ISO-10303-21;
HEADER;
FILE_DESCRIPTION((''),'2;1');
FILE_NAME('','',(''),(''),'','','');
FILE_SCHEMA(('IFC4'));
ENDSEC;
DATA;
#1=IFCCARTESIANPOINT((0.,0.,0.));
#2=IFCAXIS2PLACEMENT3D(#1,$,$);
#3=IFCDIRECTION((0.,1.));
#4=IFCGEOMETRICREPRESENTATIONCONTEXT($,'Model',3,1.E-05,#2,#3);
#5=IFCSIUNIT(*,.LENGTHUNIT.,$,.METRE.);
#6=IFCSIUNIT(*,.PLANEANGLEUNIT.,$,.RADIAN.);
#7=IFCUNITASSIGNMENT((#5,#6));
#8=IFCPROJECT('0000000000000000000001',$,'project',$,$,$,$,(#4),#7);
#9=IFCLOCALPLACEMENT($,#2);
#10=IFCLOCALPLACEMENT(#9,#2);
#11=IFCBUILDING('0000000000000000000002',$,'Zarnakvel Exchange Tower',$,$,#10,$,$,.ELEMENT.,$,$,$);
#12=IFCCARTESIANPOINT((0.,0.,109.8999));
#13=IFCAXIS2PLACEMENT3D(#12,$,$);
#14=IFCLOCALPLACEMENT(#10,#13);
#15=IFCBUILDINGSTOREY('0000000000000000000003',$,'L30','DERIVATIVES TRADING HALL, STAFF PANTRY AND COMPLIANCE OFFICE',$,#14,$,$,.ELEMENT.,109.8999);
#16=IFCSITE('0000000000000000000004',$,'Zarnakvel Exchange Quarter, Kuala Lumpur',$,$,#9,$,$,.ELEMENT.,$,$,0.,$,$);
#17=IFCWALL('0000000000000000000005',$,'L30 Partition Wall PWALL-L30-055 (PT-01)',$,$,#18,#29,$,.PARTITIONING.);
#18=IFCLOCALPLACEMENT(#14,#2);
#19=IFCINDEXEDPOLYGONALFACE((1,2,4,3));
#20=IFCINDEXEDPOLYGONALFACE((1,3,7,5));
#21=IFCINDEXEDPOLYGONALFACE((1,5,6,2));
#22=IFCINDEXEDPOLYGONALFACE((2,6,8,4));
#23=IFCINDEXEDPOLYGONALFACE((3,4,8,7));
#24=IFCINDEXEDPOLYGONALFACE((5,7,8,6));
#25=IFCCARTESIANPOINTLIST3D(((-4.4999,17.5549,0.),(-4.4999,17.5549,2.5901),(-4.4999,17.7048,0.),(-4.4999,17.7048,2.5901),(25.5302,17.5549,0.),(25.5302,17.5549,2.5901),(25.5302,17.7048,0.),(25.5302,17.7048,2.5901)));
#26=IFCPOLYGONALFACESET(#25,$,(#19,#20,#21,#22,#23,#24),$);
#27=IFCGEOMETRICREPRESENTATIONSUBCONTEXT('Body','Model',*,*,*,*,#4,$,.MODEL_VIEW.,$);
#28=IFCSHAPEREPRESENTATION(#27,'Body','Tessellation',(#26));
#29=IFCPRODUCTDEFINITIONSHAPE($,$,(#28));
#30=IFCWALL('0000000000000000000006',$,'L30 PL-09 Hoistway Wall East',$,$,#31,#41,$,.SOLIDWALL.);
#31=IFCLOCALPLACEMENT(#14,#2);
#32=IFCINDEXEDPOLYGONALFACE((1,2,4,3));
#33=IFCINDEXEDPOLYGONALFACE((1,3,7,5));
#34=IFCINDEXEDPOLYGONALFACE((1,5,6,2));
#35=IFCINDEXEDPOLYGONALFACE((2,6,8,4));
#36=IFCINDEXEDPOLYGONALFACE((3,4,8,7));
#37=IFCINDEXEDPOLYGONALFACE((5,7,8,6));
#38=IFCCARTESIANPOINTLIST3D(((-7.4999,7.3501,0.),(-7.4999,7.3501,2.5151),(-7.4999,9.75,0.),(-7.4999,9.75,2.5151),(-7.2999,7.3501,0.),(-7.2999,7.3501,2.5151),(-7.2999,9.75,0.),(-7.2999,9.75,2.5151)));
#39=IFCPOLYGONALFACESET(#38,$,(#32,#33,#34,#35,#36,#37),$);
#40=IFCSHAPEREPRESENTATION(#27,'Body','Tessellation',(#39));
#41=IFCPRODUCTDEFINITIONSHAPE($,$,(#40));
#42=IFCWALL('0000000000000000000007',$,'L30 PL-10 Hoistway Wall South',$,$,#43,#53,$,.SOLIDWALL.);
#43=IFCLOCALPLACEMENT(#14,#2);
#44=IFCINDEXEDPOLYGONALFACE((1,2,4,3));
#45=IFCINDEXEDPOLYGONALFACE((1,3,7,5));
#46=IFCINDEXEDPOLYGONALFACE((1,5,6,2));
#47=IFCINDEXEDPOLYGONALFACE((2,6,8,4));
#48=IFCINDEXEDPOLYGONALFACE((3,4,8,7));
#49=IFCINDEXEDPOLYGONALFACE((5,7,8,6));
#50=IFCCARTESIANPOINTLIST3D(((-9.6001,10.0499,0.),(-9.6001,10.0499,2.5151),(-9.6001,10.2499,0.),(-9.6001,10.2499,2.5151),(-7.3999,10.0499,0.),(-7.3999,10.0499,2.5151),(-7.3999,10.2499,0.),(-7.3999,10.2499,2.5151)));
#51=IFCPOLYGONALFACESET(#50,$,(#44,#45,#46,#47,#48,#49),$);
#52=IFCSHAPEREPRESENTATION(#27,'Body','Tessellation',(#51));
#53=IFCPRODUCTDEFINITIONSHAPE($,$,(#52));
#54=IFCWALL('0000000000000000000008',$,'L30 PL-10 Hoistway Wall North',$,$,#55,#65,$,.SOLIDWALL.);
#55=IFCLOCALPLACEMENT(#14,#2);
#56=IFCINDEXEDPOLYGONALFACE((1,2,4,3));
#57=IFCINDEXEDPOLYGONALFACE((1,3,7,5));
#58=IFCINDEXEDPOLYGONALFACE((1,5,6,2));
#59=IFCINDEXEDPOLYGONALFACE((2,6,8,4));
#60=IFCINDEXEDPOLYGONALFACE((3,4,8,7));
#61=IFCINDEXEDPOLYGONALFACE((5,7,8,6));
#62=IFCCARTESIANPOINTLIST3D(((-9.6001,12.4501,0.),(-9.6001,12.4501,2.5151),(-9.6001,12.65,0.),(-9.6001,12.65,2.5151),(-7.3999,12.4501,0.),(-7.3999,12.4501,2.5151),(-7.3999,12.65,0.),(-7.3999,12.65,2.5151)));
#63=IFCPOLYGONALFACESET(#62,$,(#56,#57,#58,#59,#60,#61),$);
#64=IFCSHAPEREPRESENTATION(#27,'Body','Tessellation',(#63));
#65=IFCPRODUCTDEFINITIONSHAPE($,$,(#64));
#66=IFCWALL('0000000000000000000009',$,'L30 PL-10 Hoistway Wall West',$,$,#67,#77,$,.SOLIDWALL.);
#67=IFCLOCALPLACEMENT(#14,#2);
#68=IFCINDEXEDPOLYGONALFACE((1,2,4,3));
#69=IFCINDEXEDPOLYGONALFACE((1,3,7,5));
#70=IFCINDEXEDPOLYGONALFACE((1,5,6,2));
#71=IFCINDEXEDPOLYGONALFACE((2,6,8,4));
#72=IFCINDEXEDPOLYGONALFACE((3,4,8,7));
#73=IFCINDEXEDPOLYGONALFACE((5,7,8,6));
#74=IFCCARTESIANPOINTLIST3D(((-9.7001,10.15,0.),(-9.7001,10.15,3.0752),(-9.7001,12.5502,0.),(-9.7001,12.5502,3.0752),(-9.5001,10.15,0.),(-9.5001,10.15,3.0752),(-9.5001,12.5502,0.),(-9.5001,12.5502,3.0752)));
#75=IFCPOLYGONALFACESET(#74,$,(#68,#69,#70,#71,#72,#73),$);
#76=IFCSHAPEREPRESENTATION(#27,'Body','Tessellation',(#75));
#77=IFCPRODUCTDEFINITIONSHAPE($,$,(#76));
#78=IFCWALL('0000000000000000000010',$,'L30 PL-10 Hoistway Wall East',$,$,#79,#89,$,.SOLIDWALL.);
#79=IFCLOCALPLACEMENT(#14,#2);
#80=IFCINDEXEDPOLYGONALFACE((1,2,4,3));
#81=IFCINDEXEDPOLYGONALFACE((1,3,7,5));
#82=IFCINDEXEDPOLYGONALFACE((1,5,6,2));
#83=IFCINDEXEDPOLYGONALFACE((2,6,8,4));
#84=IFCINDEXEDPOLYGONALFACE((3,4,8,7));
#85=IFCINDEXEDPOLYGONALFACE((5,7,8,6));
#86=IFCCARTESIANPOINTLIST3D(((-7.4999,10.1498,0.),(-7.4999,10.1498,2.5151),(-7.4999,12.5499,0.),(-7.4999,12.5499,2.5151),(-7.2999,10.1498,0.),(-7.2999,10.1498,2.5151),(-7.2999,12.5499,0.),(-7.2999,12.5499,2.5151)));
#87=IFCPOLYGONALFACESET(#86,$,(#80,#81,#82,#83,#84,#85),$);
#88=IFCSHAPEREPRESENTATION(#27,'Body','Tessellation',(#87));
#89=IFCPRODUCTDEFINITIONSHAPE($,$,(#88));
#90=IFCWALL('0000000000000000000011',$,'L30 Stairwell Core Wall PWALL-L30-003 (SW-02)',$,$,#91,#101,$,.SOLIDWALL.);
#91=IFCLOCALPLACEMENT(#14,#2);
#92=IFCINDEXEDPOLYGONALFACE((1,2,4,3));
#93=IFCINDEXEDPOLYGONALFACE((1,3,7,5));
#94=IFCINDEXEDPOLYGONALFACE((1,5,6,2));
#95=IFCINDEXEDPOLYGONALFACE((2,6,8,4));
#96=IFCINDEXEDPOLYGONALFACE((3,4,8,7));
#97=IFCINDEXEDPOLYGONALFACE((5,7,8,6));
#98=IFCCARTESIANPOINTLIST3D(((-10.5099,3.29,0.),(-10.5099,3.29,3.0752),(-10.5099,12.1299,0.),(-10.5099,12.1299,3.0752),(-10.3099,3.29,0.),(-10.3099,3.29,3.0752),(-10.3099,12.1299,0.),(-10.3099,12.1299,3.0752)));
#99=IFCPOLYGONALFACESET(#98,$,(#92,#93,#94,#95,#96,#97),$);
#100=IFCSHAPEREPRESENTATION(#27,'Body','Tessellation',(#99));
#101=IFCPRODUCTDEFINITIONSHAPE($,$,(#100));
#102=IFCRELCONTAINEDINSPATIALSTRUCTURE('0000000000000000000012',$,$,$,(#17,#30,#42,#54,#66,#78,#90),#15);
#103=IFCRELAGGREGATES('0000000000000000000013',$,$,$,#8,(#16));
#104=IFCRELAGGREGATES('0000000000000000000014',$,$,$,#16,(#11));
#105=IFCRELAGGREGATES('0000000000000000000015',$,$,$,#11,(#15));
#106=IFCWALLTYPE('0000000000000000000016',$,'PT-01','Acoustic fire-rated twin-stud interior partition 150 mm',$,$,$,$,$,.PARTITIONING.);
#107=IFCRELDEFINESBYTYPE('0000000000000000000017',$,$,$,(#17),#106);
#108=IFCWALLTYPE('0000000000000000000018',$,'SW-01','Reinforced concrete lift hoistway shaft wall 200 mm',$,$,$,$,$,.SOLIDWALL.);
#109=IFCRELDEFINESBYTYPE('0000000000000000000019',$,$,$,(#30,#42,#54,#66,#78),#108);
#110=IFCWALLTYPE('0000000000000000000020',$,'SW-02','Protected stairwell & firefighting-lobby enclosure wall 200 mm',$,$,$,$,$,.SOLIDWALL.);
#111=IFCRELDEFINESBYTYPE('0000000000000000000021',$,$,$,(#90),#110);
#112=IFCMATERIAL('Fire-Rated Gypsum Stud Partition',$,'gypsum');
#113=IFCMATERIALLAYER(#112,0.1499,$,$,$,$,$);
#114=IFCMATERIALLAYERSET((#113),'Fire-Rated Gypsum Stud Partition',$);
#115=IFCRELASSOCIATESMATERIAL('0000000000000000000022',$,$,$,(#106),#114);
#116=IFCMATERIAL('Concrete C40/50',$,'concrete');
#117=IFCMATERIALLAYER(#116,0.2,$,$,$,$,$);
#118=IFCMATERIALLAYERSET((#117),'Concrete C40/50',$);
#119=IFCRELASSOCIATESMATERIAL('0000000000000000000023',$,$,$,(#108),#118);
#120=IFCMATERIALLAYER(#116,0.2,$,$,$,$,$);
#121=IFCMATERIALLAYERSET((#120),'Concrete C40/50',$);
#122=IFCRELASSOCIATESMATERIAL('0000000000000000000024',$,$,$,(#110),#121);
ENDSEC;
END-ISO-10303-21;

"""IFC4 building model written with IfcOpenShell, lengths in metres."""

from ifc_helpers import new_model, si_unit, direction, frame, frame_2d, origin, place, context, subcontext, project, spatial, rectangle, extrude, material, layer, layer_set, type_object, element, save


model = new_model("IFC4")

# Units and contexts
model_context = context("Model", 3, precision=1e-05, world=origin(), true_north=direction((0.0, 1.0)))
body_context = subcontext(model_context, "Body", "Model", "MODEL_VIEW")
ifc_project = project(units=[si_unit("LENGTHUNIT", "METRE"), si_unit("PLANEANGLEUNIT", "RADIAN")], contexts=[model_context])

# Site, building, storey
site_placement = place(None, origin())
site = spatial("IfcSite", under=ifc_project, at=site_placement, Name="Zarnakvel Exchange Quarter, Kuala Lumpur", CompositionType="ELEMENT", RefElevation=0.0)
building_placement = place(site_placement, origin())
building = spatial("IfcBuilding", under=site, at=building_placement, Name="Zarnakvel Exchange Tower", CompositionType="ELEMENT")
storey_placement = place(building_placement, frame((0.0, 0.0, 109.8999)))
storey = spatial("IfcBuildingStorey", under=building, at=storey_placement, Name="L30", Description="DERIVATIVES TRADING HALL, STAFF PANTRY AND COMPLIANCE OFFICE", CompositionType="ELEMENT", Elevation=109.8999)

# Walls
ifc_material_1 = material(Name="Fire-Rated Gypsum Stud Partition", Category="gypsum")
ifc_layer_1 = layer(ifc_material_1, 0.1499)
ifc_layer_set_1 = layer_set([ifc_layer_1], Name="Fire-Rated Gypsum Stud Partition")
wall_type_1 = type_object("IfcWallType", Name="PT-01", Description="Acoustic fire-rated twin-stud interior partition 150 mm", PredefinedType="PARTITIONING", material=ifc_layer_set_1)
wall_1_placement = place(storey_placement, frame((-4.5, 17.6299, 0.0), z_axis=(0.0, 0.0, 1.0), x_axis=(1.0, 0.0, 0.0)))
element("IfcWall", 1, at=wall_1_placement, inside=storey, type_object=wall_type_1, Name="L30 Partition Wall PWALL-L30-055 (PT-01)", PredefinedType="PARTITIONING", context=body_context, shape_type="SweptSolid", body=[
    extrude(rectangle(XDim=30.03, YDim=0.1499, at=frame_2d((15.0151, 0.0))), origin(), (0.0, 0.0, 1.0), 2.5901),
])
ifc_material_2 = material(Name="Concrete C40/50", Category="concrete")
ifc_layer_2 = layer(ifc_material_2, 0.2)
ifc_layer_set_2 = layer_set([ifc_layer_2], Name="Concrete C40/50")
wall_type_2 = type_object("IfcWallType", Name="SW-01", Description="Reinforced concrete lift hoistway shaft wall 200 mm", PredefinedType="SOLIDWALL", material=ifc_layer_set_2)
wall_2_placement = place(storey_placement, frame((-7.3999, 9.75, 0.0), z_axis=(0.0, 0.0, 1.0), x_axis=(0.0, -1.0, 0.0)))
element("IfcWall", 2, at=wall_2_placement, inside=storey, type_object=wall_type_2, Name="L30 PL-09 Hoistway Wall East", PredefinedType="SOLIDWALL", context=body_context, shape_type="SweptSolid", body=[
    extrude(rectangle(XDim=2.3999, YDim=0.2, at=frame_2d((1.2, 0.0))), origin(), (0.0, 0.0, 1.0), 2.5151),
])
for number, where, z_axis, x_axis, name in (
    (3, (-7.3999, 10.1499, 0.0), (0.0, 0.0, 1.0), (-1.0, 0.0, 0.0), "L30 PL-10 Hoistway Wall South"),
    (4, (-9.6001, 12.55, 0.0), (0.0, 0.0, 1.0), (1.0, 0.0, 0.0), "L30 PL-10 Hoistway Wall North"),
):
    element("IfcWall", number, at=place(storey_placement, frame(where, z_axis=z_axis, x_axis=x_axis)), inside=storey, type_object=wall_type_2, Name=name, PredefinedType="SOLIDWALL", context=body_context, shape_type="SweptSolid", body=[
        extrude(rectangle(XDim=2.2002, YDim=0.2, at=frame_2d((1.1001, 0.0))), origin(), (0.0, 0.0, 1.0), 2.5151),
    ])
wall_3_placement = place(storey_placement, frame((-9.6001, 10.1499, 0.0), z_axis=(0.0, 0.0, 1.0), x_axis=(0.0, 1.0, 0.0)))
element("IfcWall", 5, at=wall_3_placement, inside=storey, type_object=wall_type_2, Name="L30 PL-10 Hoistway Wall West", PredefinedType="SOLIDWALL", context=body_context, shape_type="SweptSolid", body=[
    extrude(rectangle(XDim=2.4001, YDim=0.2, at=frame_2d((1.2002, 0.0))), origin(), (0.0, 0.0, 1.0), 3.0752),
])
wall_4_placement = place(storey_placement, frame((-7.3999, 12.55, 0.0), z_axis=(0.0, 0.0, 1.0), x_axis=(0.0, -1.0, 0.0)))
element("IfcWall", 6, at=wall_4_placement, inside=storey, type_object=wall_type_2, Name="L30 PL-10 Hoistway Wall East", PredefinedType="SOLIDWALL", context=body_context, shape_type="SweptSolid", body=[
    extrude(rectangle(XDim=2.4001, YDim=0.2, at=frame_2d((1.2002, 0.0))), origin(), (0.0, 0.0, 1.0), 2.5151),
])
ifc_layer_3 = layer(ifc_material_2, 0.2)
ifc_layer_set_3 = layer_set([ifc_layer_3], Name="Concrete C40/50")
wall_type_3 = type_object("IfcWallType", Name="SW-02", Description="Protected stairwell & firefighting-lobby enclosure wall 200 mm", PredefinedType="SOLIDWALL", material=ifc_layer_set_3)
wall_5_placement = place(storey_placement, frame((-10.4099, 12.1299, 0.0), z_axis=(0.0, 0.0, 1.0), x_axis=(0.0, -1.0, 0.0)))
element("IfcWall", 7, at=wall_5_placement, inside=storey, type_object=wall_type_3, Name="L30 Stairwell Core Wall PWALL-L30-003 (SW-02)", PredefinedType="SOLIDWALL", context=body_context, shape_type="SweptSolid", body=[
    extrude(rectangle(XDim=8.8398, YDim=0.2, at=frame_2d((4.4199, 0.0))), origin(), (0.0, 0.0, 1.0), 3.0752),
])

save(model, "model.ifc")
